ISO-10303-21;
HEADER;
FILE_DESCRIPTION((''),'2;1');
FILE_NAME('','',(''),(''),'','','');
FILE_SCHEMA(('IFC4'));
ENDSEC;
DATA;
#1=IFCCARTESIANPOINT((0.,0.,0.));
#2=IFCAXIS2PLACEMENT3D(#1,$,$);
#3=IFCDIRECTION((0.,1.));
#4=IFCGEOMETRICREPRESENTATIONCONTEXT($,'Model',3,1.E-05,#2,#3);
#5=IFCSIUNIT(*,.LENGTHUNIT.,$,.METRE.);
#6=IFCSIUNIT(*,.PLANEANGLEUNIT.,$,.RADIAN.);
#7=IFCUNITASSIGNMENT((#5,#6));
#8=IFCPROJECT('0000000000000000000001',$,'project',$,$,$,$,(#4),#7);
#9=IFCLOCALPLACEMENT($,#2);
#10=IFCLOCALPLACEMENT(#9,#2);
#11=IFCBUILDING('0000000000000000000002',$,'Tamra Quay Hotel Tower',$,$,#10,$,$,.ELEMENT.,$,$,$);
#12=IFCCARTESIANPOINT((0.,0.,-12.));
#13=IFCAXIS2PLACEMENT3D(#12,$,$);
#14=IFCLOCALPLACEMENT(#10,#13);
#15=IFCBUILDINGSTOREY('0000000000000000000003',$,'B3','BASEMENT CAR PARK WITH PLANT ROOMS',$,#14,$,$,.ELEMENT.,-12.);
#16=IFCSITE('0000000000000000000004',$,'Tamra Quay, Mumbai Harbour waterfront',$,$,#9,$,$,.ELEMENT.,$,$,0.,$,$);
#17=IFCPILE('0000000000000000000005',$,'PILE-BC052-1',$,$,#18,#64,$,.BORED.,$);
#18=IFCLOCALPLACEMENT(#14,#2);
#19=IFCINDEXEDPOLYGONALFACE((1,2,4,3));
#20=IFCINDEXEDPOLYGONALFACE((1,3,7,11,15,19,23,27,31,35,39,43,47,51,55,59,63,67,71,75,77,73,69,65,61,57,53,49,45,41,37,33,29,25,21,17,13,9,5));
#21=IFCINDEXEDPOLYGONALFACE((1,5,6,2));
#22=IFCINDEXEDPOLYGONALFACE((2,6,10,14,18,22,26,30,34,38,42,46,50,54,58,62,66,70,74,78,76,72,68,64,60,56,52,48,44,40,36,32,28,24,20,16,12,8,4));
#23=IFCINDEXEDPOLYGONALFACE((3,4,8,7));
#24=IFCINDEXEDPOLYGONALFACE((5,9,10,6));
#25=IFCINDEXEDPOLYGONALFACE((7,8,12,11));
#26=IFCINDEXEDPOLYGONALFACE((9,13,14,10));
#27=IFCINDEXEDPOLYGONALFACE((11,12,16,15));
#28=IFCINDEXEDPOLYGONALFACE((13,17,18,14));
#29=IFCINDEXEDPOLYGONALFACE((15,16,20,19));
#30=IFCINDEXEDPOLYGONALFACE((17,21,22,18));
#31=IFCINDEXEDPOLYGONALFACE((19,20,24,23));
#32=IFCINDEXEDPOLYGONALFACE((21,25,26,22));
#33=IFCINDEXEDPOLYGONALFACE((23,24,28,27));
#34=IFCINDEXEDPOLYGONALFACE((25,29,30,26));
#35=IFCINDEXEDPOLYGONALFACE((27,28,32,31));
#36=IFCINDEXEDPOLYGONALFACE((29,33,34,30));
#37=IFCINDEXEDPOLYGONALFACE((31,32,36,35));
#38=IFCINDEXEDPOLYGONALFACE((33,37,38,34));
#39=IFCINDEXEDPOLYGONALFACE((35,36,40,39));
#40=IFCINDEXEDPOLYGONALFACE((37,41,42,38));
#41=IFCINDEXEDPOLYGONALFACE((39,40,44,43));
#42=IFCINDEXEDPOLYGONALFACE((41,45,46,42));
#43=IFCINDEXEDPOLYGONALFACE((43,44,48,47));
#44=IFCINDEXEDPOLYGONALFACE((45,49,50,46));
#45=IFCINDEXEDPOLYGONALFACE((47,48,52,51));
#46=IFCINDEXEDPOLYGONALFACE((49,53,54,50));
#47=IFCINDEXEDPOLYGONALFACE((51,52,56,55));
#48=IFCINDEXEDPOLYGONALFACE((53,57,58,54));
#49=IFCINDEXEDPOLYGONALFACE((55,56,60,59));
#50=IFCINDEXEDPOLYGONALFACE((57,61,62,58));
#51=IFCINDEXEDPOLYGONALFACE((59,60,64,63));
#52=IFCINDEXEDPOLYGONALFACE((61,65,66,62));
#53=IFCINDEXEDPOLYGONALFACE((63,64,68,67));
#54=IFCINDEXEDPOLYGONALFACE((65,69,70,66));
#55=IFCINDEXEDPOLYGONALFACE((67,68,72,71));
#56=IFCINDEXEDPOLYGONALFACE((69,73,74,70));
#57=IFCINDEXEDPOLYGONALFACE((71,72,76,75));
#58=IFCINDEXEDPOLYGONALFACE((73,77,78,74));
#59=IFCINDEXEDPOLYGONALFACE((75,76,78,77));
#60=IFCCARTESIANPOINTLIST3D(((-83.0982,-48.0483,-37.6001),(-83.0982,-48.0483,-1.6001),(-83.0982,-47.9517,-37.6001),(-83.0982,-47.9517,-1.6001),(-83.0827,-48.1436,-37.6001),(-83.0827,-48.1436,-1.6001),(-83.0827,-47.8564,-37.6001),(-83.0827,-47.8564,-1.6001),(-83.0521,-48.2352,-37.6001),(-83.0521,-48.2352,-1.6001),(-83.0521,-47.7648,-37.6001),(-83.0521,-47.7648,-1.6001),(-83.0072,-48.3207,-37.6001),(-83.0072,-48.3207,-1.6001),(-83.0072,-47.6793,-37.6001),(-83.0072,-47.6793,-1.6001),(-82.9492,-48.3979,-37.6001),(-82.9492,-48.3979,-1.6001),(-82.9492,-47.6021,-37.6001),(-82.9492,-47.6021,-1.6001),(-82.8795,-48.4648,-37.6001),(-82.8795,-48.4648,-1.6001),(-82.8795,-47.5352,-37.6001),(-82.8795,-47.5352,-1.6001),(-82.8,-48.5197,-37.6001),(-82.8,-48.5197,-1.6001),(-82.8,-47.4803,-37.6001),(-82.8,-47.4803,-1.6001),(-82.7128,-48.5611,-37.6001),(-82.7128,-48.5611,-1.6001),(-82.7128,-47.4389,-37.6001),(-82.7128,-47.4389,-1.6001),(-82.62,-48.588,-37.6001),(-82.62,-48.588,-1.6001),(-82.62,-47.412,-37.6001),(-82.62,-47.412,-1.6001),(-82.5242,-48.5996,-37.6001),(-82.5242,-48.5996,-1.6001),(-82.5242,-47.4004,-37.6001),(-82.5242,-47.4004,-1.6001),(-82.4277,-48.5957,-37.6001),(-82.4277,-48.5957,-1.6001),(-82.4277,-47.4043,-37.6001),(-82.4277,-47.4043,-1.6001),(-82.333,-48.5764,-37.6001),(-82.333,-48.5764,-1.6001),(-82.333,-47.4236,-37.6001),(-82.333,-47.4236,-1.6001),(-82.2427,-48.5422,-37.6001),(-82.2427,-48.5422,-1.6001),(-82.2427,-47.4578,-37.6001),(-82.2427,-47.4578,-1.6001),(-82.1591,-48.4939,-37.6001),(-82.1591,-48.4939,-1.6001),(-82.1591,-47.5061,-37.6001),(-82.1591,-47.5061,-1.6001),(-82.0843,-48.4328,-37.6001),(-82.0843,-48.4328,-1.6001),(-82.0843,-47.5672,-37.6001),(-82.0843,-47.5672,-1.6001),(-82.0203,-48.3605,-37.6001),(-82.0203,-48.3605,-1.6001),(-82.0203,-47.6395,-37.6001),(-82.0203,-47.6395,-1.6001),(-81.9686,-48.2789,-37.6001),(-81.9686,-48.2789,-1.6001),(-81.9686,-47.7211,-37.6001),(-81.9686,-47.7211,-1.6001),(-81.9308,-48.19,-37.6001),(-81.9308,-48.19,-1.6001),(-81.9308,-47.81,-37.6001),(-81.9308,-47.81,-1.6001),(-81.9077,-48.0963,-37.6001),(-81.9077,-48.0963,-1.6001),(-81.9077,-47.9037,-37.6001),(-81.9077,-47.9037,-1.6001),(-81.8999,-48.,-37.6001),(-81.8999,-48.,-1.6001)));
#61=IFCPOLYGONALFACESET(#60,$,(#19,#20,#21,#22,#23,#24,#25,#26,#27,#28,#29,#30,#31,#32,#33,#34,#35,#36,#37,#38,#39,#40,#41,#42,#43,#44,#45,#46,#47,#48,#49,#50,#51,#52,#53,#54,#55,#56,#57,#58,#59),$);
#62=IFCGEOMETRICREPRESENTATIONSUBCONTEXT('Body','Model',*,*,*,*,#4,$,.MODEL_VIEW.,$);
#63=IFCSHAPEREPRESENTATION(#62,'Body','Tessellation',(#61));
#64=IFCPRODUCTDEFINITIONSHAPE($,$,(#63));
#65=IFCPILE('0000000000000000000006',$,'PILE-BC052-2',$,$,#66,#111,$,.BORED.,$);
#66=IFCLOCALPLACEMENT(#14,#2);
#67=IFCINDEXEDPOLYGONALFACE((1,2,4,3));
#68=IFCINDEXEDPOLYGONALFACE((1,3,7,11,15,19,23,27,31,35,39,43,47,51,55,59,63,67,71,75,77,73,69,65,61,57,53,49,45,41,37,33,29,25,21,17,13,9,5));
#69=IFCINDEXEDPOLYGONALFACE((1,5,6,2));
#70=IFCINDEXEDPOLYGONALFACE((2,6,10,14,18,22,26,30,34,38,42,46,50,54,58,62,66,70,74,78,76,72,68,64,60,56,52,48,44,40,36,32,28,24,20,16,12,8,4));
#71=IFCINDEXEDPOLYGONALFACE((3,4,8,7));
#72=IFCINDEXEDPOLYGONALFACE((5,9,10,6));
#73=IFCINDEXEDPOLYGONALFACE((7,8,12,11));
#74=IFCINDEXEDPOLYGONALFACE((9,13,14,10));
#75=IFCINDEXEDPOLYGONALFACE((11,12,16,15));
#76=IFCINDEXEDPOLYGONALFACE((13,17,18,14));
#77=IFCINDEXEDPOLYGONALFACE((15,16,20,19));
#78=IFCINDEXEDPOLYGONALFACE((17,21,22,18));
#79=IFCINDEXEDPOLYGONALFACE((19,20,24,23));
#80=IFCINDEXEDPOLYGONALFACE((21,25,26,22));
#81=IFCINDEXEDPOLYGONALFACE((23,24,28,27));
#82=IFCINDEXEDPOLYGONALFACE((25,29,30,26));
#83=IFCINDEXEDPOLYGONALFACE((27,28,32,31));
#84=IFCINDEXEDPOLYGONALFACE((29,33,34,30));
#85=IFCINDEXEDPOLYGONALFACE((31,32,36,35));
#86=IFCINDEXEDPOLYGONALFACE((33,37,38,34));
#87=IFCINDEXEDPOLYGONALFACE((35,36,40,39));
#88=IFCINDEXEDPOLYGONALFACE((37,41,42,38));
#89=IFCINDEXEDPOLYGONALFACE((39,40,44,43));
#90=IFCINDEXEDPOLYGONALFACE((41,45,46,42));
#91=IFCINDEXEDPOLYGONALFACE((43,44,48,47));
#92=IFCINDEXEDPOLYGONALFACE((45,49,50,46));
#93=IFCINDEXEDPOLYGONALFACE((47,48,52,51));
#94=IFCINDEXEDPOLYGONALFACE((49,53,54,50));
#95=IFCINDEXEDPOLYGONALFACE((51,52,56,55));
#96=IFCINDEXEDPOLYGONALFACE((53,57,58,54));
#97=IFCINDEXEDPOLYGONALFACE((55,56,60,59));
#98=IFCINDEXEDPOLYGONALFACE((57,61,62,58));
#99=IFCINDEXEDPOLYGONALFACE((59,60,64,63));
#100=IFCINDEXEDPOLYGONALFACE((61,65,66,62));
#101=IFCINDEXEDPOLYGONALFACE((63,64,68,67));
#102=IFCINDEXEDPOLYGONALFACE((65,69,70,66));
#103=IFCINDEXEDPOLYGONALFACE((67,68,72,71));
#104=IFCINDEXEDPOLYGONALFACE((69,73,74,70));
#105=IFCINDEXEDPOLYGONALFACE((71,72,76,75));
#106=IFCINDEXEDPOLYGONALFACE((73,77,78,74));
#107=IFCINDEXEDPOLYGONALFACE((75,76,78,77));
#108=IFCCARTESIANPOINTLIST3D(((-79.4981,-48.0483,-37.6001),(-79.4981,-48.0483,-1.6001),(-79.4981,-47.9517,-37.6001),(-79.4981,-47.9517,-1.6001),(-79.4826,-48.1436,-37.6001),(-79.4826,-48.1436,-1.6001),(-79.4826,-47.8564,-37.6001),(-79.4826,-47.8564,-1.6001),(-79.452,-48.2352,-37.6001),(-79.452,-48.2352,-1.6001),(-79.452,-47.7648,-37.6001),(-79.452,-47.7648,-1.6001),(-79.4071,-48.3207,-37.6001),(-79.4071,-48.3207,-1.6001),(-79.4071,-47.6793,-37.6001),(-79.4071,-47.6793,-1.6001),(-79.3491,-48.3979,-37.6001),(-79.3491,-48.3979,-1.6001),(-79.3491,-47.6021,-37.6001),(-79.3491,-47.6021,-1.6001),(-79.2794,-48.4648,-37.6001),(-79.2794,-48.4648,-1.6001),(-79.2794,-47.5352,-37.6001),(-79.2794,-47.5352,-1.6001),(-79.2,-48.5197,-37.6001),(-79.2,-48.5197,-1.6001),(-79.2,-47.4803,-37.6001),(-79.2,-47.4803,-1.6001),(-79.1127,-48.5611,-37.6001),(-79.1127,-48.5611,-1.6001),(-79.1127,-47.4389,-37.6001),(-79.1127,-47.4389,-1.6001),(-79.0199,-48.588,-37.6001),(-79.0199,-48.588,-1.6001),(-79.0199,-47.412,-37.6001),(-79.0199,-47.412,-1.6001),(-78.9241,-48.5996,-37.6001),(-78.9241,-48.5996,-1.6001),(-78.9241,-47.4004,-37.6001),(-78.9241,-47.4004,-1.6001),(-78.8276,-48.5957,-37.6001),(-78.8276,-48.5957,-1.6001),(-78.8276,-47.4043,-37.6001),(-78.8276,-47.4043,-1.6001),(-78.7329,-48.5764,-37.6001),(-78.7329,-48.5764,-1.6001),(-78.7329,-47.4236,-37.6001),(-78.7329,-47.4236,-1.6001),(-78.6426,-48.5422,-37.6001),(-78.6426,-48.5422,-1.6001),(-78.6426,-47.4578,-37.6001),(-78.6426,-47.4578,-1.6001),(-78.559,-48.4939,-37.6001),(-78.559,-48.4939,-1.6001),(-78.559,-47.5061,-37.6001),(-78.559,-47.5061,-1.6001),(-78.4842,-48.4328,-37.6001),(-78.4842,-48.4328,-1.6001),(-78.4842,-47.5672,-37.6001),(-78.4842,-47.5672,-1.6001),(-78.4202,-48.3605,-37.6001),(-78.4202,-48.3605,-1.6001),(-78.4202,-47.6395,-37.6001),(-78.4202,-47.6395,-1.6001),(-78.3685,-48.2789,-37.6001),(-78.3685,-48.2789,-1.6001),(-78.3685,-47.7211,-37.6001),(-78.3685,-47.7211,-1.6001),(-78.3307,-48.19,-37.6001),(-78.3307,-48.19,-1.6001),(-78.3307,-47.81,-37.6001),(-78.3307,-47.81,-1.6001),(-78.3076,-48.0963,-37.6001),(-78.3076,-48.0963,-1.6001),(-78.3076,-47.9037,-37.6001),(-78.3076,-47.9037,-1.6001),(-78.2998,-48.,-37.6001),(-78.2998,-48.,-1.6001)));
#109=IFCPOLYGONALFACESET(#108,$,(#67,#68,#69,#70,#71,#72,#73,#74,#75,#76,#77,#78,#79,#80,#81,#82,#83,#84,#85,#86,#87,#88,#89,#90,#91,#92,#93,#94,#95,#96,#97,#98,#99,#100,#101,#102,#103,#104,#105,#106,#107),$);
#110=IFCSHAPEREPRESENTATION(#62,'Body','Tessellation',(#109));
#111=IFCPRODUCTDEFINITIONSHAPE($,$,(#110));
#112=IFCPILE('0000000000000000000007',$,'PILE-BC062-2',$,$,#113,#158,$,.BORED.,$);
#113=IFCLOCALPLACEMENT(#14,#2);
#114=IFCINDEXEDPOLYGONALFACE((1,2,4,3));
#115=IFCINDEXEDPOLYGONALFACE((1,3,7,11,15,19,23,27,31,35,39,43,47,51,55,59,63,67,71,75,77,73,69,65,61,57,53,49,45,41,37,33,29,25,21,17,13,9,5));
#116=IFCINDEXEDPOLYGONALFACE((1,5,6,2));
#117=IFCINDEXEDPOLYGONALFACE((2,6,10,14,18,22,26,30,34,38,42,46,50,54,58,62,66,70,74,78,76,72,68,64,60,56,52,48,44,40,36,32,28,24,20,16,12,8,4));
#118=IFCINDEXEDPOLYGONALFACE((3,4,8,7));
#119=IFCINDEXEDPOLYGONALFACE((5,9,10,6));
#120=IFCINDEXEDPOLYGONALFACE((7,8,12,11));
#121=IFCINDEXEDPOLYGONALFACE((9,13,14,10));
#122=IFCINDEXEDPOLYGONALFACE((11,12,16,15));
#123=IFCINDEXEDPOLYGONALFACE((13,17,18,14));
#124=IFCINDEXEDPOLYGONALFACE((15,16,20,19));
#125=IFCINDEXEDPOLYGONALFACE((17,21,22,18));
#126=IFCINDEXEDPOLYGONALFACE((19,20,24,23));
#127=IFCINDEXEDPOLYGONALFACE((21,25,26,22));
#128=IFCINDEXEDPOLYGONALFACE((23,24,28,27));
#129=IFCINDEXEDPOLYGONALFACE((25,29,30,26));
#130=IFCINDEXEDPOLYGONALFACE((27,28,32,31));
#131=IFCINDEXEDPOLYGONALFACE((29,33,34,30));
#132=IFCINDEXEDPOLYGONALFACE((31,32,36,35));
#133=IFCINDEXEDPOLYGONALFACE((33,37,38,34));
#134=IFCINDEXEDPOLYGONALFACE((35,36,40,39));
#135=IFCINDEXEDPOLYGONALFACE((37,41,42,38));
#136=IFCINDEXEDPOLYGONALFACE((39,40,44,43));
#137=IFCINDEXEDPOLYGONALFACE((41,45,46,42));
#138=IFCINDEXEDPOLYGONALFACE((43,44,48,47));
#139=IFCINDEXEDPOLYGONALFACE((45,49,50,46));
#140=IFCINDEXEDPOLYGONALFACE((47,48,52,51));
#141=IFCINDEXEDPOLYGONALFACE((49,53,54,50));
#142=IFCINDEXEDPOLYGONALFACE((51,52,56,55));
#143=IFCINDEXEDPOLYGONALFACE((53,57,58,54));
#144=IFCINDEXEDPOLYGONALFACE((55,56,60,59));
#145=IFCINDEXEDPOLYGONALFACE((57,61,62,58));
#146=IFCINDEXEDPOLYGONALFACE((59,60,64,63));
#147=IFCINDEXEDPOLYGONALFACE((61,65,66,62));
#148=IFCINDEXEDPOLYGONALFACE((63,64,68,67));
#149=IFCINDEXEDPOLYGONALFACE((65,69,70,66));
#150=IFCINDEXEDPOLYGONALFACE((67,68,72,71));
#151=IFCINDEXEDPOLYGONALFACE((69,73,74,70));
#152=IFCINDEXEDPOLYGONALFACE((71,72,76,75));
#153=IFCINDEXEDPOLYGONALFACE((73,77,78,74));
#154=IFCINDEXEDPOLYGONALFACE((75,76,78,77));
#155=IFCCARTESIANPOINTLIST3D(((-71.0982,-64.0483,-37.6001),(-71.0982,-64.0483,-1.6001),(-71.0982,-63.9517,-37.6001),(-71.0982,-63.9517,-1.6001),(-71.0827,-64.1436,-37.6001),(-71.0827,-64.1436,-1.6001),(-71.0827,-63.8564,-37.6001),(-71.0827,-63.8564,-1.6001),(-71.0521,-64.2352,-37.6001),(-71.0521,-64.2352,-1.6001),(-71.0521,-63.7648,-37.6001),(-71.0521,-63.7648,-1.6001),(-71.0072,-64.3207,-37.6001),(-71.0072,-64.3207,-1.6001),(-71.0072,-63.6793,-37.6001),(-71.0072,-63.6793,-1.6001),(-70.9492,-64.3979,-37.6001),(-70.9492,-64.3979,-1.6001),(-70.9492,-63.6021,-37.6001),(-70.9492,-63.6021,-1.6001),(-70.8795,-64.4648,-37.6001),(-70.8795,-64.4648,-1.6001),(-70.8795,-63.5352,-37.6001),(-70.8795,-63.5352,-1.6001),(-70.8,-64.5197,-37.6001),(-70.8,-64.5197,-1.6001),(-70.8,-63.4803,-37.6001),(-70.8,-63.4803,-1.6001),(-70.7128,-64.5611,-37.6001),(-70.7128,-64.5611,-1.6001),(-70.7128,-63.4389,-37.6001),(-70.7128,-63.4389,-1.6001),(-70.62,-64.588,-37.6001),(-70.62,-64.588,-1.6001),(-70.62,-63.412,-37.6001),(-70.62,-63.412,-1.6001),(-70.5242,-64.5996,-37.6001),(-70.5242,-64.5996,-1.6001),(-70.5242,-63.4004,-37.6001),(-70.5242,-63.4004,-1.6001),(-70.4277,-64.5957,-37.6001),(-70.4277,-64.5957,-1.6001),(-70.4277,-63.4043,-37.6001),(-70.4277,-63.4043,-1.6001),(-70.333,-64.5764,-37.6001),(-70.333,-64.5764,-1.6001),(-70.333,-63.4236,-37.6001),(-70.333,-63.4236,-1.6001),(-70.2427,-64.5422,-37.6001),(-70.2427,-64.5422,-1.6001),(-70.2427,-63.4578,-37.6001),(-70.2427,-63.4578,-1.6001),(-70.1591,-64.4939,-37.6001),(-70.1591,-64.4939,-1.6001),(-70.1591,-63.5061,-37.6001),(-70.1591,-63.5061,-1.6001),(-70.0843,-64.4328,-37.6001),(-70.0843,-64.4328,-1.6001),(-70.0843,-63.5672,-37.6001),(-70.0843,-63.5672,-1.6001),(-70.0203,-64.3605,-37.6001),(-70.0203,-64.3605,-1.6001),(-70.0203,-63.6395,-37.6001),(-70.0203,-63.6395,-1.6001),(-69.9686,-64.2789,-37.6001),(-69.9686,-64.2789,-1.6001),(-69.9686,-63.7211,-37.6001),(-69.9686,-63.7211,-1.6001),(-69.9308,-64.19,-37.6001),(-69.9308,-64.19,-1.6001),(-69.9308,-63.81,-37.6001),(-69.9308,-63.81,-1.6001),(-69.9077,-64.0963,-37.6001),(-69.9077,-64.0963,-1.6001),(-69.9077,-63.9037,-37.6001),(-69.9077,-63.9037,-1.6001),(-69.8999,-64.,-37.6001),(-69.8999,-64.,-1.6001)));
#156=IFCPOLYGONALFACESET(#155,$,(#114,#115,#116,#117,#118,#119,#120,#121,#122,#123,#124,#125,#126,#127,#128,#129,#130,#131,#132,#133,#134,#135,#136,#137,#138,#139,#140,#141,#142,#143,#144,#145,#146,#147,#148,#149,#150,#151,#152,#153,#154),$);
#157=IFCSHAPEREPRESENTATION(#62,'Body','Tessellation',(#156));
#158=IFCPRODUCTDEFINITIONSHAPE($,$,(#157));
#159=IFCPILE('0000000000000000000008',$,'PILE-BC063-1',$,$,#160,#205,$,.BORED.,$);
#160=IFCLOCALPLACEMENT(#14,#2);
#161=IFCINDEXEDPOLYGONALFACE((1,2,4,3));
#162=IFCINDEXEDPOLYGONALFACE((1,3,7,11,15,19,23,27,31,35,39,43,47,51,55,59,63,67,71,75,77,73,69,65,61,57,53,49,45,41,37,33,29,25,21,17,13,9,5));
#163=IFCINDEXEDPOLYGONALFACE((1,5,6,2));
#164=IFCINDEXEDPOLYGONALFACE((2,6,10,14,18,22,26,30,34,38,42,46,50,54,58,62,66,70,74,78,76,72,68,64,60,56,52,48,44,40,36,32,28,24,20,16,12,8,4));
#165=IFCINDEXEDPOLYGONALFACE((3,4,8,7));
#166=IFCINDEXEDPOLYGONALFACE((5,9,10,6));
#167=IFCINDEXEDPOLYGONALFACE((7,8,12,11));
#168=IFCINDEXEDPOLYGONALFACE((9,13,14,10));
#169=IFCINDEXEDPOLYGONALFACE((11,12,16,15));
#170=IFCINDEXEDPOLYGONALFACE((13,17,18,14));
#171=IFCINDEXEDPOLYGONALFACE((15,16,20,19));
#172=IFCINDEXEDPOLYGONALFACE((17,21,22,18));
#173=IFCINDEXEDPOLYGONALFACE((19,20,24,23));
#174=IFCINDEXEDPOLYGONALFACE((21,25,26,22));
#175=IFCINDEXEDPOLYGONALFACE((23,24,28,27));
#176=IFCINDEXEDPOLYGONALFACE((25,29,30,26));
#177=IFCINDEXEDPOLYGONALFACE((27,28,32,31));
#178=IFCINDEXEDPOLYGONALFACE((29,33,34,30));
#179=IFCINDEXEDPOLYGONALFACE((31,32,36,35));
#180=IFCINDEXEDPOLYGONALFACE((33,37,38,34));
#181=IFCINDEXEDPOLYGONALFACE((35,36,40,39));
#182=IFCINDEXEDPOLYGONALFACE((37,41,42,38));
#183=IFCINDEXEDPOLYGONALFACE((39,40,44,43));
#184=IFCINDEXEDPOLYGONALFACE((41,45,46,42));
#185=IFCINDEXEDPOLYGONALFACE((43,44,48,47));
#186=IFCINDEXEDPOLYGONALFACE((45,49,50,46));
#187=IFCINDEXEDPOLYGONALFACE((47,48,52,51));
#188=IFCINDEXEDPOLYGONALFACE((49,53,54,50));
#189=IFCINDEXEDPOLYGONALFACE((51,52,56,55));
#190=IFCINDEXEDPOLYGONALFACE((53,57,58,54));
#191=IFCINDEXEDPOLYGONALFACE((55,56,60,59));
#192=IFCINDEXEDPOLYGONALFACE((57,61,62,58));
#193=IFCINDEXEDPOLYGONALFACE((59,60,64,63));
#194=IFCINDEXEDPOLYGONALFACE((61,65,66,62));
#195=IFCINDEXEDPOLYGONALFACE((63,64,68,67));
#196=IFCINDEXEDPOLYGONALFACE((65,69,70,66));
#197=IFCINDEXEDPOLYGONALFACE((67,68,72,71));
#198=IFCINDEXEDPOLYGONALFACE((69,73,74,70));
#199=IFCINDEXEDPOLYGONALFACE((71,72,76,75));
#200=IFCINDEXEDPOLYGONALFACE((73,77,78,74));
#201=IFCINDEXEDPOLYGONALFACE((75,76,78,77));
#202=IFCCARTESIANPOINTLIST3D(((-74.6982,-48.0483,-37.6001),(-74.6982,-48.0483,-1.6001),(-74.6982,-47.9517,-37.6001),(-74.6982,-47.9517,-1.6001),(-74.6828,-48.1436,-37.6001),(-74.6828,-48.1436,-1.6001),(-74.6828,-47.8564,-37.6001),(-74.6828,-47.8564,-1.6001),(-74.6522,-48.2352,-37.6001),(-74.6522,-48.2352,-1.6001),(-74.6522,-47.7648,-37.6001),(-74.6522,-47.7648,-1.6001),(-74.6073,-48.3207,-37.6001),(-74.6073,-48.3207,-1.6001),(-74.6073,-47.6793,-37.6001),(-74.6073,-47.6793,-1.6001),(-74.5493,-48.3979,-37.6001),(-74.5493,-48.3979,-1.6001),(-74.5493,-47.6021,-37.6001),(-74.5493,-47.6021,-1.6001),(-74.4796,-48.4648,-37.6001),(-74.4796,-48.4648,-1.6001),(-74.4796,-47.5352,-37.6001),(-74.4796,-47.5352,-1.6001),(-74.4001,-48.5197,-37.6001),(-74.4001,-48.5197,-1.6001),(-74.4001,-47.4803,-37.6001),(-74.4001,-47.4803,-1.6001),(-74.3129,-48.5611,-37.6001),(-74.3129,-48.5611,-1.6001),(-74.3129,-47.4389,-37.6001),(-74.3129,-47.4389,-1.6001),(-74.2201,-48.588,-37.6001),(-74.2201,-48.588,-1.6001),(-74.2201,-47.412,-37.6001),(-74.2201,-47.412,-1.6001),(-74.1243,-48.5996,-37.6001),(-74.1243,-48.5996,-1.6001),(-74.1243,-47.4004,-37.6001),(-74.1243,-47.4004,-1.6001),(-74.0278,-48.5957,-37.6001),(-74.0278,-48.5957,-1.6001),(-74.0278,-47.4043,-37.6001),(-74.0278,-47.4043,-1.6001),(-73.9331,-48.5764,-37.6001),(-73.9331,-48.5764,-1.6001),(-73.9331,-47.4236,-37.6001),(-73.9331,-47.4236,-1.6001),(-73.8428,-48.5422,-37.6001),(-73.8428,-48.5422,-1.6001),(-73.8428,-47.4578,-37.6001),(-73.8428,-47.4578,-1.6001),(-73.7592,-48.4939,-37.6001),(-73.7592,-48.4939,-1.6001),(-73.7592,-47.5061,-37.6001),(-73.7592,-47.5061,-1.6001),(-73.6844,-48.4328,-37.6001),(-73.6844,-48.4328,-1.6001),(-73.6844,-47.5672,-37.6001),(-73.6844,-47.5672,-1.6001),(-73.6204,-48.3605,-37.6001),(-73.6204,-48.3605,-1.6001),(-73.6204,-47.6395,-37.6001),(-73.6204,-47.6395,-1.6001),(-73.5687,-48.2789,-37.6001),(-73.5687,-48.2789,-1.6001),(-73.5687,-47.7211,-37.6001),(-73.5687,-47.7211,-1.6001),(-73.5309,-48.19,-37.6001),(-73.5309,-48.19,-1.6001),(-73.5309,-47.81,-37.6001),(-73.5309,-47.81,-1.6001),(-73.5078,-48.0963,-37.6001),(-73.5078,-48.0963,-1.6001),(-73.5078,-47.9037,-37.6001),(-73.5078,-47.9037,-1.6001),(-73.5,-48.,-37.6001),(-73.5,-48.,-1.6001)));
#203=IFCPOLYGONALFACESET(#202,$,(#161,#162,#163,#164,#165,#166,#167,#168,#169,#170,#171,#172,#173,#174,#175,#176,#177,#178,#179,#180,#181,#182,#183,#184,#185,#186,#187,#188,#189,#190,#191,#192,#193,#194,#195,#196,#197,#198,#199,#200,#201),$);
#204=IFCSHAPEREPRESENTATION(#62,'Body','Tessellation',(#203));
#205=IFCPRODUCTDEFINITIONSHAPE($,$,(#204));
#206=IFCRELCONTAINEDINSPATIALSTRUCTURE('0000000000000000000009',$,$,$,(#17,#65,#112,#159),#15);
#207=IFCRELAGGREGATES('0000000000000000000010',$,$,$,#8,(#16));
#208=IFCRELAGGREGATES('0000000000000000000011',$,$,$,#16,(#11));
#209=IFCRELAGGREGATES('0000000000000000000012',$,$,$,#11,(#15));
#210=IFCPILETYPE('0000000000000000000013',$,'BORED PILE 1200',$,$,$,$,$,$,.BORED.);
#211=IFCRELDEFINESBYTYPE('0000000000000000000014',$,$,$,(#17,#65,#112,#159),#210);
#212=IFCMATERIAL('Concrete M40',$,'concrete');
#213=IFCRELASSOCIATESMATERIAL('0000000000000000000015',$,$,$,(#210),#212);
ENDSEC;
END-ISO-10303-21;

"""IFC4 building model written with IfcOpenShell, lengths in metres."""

from ifc_helpers import new_model, si_unit, direction, frame, origin, origin_2d, place, context, subcontext, project, spatial, circle, extrude, material, material_profile, profile_set, type_object, element, save


model = new_model("IFC4")

# Units and contexts
model_context = context("Model", 3, precision=1e-05, world=origin(), true_north=direction((0.0, 1.0)))
body_context = subcontext(model_context, "Body", "Model", "MODEL_VIEW")
ifc_project = project(units=[si_unit("LENGTHUNIT", "METRE"), si_unit("PLANEANGLEUNIT", "RADIAN")], contexts=[model_context])

# Site, building, storey
site_placement = place(None, origin())
site = spatial("IfcSite", under=ifc_project, at=site_placement, Name="Tamra Quay, Mumbai Harbour waterfront", CompositionType="ELEMENT", RefElevation=0.0)
building_placement = place(site_placement, origin())
building = spatial("IfcBuilding", under=site, at=building_placement, Name="Tamra Quay Hotel Tower", CompositionType="ELEMENT")
storey_placement = place(building_placement, frame((0.0, 0.0, -12.0)))
storey = spatial("IfcBuildingStorey", under=building, at=storey_placement, Name="B3", Description="BASEMENT CAR PARK WITH PLANT ROOMS", CompositionType="ELEMENT", Elevation=-12.0)

# Piles
ifc_material_1 = material(Name="Concrete M40", Category="concrete")
ifc_material_profile_1 = material_profile(ifc_material_1, circle(Radius=0.6001, at=origin_2d()), Name="BORED PILE 1200")
ifc_profile_set_1 = profile_set([ifc_material_profile_1], Name="Concrete M40")
pile_type = type_object("IfcPileType", Name="BORED PILE 1200", PredefinedType="BORED", material=ifc_profile_set_1)
for number, where, z_axis, x_axis, name in (
    (1, (-82.5, -48.0, -1.6001), (0.0, 0.0, -1.0), (1.0, 0.0, 0.0), "PILE-BC052-1"),
    (2, (-78.8999, -48.0, -1.6001), (0.0, 0.0, -1.0), (1.0, 0.0, 0.0), "PILE-BC052-2"),
    (3, (-70.5, -64.0, -1.6001), (0.0, 0.0, -1.0), (1.0, 0.0, 0.0), "PILE-BC062-2"),
    (4, (-74.1001, -48.0, -1.6001), (0.0, 0.0, -1.0), (1.0, 0.0, 0.0), "PILE-BC063-1"),
):
    element("IfcPile", number, at=place(storey_placement, frame(where, z_axis=z_axis, x_axis=x_axis)), inside=storey, type_object=pile_type, Name=name, PredefinedType="BORED", context=body_context, shape_type="SweptSolid", body=[
        extrude(circle(Radius=0.6001, at=origin_2d()), origin(), (0.0, 0.0, 1.0), 36.0),
    ])

save(model, "model.ifc")
